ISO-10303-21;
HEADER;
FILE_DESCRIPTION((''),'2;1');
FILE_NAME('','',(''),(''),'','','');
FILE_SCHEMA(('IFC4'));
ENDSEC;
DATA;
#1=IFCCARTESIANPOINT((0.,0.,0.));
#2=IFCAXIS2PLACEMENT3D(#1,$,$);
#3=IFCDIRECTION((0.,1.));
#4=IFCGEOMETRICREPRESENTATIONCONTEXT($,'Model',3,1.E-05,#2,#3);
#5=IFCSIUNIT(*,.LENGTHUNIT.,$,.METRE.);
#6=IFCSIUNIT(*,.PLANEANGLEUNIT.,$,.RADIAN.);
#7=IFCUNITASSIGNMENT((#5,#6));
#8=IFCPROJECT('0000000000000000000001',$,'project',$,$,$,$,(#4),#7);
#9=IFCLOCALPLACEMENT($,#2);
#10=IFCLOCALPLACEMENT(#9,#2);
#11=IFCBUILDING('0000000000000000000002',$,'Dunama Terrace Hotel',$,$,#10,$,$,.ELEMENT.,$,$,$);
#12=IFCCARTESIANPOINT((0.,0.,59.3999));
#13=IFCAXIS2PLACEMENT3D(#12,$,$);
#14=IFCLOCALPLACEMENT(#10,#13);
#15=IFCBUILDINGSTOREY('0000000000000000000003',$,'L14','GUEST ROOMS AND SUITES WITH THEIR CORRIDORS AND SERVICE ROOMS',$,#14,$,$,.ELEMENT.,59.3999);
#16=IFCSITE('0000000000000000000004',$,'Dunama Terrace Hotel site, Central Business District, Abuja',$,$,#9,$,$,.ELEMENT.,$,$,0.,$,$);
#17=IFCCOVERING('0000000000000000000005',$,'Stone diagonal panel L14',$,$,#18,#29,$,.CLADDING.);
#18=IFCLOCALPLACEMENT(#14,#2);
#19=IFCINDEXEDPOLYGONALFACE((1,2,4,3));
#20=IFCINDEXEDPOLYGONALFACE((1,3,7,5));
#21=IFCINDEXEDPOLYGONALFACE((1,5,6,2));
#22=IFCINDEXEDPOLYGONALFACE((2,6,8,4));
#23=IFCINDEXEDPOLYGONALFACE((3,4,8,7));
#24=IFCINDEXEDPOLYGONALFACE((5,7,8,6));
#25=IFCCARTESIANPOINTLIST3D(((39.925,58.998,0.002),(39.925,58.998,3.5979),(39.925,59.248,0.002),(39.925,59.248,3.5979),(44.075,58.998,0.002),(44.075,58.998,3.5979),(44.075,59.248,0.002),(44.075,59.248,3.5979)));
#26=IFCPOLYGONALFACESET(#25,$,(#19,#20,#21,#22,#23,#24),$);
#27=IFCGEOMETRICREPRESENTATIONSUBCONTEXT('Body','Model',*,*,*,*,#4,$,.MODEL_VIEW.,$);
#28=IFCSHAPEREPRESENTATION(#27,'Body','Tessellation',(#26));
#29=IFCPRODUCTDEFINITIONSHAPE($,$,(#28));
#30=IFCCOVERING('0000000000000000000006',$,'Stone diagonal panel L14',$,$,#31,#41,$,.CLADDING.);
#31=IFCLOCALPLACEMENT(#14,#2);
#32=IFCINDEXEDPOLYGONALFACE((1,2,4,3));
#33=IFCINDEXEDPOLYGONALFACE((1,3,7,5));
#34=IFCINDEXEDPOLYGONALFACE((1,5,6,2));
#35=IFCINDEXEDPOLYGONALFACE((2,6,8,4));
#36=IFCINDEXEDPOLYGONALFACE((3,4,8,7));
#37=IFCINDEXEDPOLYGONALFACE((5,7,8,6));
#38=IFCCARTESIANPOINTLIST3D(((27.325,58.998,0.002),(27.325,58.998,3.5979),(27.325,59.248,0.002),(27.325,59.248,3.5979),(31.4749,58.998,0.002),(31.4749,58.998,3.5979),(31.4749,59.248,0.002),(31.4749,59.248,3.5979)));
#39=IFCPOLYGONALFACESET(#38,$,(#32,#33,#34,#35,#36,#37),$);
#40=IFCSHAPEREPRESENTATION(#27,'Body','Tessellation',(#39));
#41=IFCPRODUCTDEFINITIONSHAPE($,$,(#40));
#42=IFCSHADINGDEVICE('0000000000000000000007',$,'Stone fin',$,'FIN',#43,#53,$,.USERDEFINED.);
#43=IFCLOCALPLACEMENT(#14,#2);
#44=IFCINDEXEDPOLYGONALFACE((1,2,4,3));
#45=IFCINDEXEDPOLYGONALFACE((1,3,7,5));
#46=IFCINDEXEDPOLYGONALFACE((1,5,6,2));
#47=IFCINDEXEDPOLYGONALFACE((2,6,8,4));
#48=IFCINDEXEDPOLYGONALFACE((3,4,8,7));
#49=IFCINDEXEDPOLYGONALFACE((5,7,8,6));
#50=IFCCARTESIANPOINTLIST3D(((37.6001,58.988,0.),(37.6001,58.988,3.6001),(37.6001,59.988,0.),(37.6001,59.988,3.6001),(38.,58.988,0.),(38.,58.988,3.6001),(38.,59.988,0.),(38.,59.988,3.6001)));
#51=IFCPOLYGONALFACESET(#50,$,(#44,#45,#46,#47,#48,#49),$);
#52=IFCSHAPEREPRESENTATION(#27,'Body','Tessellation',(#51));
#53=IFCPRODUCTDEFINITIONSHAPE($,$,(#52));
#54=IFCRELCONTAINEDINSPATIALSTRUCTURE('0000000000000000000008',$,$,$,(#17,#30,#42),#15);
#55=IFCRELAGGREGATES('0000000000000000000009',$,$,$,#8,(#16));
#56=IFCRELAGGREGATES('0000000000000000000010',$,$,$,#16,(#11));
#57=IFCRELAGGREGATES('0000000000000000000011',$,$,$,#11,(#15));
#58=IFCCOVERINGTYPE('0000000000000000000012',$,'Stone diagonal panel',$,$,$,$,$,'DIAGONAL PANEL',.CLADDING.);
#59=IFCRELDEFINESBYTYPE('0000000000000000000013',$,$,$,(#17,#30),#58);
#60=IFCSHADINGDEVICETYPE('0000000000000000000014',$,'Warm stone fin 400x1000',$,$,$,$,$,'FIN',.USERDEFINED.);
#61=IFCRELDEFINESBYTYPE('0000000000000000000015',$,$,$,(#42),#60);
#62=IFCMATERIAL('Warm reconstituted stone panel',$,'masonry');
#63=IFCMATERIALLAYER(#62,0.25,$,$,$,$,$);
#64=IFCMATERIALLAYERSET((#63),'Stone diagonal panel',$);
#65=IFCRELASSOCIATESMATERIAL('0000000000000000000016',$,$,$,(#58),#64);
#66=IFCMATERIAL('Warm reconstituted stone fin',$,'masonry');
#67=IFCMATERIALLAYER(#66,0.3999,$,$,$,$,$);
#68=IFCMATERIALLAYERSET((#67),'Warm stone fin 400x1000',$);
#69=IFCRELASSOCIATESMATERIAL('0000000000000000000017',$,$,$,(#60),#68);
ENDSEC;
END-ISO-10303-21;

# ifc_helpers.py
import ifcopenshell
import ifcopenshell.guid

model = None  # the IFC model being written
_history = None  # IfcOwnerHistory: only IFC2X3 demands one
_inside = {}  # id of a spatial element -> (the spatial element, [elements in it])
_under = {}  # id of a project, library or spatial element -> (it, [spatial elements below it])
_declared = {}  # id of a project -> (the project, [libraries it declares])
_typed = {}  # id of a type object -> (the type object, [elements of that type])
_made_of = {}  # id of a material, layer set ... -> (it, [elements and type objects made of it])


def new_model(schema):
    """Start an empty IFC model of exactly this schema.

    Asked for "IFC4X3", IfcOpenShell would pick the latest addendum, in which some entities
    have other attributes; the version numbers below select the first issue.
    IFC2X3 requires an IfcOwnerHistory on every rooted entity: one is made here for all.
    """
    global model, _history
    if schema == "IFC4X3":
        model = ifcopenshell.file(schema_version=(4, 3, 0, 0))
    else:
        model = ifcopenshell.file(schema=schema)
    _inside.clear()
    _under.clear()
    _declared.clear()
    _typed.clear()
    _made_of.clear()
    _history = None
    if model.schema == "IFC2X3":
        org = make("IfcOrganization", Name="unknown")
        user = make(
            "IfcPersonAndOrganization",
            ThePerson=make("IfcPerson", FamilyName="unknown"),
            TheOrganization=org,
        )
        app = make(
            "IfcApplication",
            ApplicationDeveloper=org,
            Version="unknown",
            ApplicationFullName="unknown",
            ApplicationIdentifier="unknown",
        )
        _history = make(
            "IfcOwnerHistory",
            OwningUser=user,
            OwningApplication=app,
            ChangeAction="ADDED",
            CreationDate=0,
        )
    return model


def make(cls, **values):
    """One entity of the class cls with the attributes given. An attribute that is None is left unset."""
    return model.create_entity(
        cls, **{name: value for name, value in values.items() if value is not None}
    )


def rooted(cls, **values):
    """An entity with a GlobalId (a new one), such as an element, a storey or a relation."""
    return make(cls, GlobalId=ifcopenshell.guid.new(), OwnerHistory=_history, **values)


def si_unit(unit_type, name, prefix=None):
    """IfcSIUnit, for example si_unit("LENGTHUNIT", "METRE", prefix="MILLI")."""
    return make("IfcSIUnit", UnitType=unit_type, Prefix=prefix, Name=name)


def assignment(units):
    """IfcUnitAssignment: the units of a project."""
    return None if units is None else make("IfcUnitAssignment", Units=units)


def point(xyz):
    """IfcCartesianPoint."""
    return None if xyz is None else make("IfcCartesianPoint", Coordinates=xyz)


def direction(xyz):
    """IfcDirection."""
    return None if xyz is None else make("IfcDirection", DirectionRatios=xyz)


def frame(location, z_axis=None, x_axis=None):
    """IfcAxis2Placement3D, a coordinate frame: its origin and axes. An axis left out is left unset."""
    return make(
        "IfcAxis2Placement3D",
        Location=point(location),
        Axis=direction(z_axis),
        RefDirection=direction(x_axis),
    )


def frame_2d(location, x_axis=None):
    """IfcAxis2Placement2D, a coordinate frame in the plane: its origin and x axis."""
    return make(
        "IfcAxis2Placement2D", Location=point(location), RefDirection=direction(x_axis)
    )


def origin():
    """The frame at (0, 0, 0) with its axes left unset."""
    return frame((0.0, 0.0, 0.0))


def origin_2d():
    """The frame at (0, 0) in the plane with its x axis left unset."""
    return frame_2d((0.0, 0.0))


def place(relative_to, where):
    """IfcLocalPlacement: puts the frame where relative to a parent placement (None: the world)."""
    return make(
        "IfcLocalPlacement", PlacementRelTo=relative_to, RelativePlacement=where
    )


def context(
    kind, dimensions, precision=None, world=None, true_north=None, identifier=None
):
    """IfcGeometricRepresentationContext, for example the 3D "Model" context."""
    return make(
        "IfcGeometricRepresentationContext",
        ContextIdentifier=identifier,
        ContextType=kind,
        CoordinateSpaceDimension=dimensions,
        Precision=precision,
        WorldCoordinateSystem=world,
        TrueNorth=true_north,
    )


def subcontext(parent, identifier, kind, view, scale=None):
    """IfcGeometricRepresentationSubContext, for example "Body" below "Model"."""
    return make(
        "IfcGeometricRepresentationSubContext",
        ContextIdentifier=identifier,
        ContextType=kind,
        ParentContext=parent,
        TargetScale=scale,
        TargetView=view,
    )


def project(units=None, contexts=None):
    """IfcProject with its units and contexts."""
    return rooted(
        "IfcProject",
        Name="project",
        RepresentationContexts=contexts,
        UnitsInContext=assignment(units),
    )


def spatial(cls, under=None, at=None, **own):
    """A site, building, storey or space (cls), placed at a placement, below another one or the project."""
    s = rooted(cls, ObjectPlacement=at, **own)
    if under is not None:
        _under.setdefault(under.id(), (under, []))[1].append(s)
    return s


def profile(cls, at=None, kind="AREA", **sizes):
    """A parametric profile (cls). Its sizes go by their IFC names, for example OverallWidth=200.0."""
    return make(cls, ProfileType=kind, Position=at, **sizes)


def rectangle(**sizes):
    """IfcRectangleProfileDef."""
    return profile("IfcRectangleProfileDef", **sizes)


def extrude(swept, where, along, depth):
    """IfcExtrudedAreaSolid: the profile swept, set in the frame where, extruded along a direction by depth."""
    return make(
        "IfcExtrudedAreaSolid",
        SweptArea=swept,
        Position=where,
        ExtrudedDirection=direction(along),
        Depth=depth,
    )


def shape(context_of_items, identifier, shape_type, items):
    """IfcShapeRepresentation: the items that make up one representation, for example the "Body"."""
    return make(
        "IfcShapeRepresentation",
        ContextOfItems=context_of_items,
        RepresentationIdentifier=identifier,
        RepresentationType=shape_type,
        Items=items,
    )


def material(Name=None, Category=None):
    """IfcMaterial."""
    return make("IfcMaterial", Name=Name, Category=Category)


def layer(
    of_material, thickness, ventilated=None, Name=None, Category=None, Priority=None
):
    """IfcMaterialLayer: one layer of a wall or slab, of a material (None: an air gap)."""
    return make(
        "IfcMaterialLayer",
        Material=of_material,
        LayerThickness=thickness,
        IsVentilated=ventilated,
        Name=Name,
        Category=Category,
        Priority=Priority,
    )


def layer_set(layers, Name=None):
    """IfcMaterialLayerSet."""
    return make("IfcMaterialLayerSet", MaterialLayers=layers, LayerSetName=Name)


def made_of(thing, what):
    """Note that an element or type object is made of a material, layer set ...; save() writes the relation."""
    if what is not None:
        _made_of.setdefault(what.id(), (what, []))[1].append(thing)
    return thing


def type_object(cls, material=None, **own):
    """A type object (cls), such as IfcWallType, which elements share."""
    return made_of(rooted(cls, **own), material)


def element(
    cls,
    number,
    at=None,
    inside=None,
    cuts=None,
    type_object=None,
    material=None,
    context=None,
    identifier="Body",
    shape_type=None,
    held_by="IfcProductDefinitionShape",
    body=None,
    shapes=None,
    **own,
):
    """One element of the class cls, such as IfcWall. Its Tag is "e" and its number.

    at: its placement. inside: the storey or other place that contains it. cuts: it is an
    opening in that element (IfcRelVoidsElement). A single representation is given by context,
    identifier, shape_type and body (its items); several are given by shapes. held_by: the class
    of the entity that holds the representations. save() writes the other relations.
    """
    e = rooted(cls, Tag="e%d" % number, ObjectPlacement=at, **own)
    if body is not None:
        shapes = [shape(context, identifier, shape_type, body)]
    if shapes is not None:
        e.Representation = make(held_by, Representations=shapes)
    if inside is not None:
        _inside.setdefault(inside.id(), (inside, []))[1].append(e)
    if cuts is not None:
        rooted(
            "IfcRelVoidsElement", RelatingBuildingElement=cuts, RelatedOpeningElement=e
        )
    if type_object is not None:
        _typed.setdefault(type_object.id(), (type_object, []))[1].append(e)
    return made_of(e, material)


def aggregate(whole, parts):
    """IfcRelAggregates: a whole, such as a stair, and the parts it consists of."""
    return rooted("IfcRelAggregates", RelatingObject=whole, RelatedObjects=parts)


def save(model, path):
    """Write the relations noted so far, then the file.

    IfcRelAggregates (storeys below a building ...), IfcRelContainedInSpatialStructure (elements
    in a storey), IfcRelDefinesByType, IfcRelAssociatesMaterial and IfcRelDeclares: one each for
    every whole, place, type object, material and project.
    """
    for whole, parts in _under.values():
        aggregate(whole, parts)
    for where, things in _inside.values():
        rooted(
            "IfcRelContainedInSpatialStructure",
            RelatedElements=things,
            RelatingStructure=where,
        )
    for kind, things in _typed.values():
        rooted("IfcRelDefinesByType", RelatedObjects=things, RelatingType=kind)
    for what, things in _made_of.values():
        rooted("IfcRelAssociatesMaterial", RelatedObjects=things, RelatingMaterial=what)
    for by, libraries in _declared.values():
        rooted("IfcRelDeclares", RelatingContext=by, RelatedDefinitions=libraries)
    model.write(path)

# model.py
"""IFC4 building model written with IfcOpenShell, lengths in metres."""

from ifc_helpers import new_model, si_unit, direction, frame, origin, origin_2d, place, context, subcontext, project, spatial, rectangle, extrude, material, layer, layer_set, type_object, element, save


model = new_model("IFC4")

# Units and contexts
model_context = context("Model", 3, precision=1e-05, world=origin(), true_north=direction((0.0, 1.0)))
body_context = subcontext(model_context, "Body", "Model", "MODEL_VIEW")
ifc_project = project(units=[si_unit("LENGTHUNIT", "METRE"), si_unit("PLANEANGLEUNIT", "RADIAN")], contexts=[model_context])

# Site, building, storey
site_placement = place(None, origin())
site = spatial("IfcSite", under=ifc_project, at=site_placement, Name="Dunama Terrace Hotel site, Central Business District, Abuja", CompositionType="ELEMENT", RefElevation=0.0)
building_placement = place(site_placement, origin())
building = spatial("IfcBuilding", under=site, at=building_placement, Name="Dunama Terrace Hotel", CompositionType="ELEMENT")
storey_placement = place(building_placement, frame((0.0, 0.0, 59.3999)))
storey = spatial("IfcBuildingStorey", under=building, at=storey_placement, Name="L14", Description="GUEST ROOMS AND SUITES WITH THEIR CORRIDORS AND SERVICE ROOMS", CompositionType="ELEMENT", Elevation=59.3999)

# Coverings
ifc_material_1 = material(Name="Warm reconstituted stone panel", Category="masonry")
ifc_layer_1 = layer(ifc_material_1, 0.25)
ifc_layer_set_1 = layer_set([ifc_layer_1], Name="Stone diagonal panel")
covering_type = type_object("IfcCoveringType", Name="Stone diagonal panel", ElementType="DIAGONAL PANEL", PredefinedType="CLADDING", material=ifc_layer_set_1)
for number, where, z_axis, x_axis, name in (
    (1, (42.0, 59.123, 0.002), (0.0, 0.0, 1.0), (-1.0, 0.0, 0.0), "Stone diagonal panel L14"),
    (2, (29.3999, 59.123, 0.002), (0.0, 0.0, 1.0), (-1.0, 0.0, 0.0), "Stone diagonal panel L14"),
):
    element("IfcCovering", number, at=place(storey_placement, frame(where, z_axis=z_axis, x_axis=x_axis)), inside=storey, type_object=covering_type, Name=name, PredefinedType="CLADDING", context=body_context, shape_type="SweptSolid", body=[
        extrude(rectangle(XDim=4.1499, YDim=0.25, at=origin_2d()), origin(), (0.0, 0.0, 1.0), 3.5959),
    ])

# Shading device
ifc_material_2 = material(Name="Warm reconstituted stone fin", Category="masonry")
ifc_layer_2 = layer(ifc_material_2, 0.3999)
ifc_layer_set_2 = layer_set([ifc_layer_2], Name="Warm stone fin 400x1000")
shading_device_type = type_object("IfcShadingDeviceType", Name="Warm stone fin 400x1000", ElementType="FIN", PredefinedType="USERDEFINED", material=ifc_layer_set_2)
shading_device_placement = place(storey_placement, frame((37.8, 59.488, 0.0), z_axis=(0.0, 0.0, 1.0), x_axis=(-1.0, 0.0, 0.0)))
element("IfcShadingDevice", 3, at=shading_device_placement, inside=storey, type_object=shading_device_type, Name="Stone fin", ObjectType="FIN", PredefinedType="USERDEFINED", context=body_context, shape_type="SweptSolid", body=[
    extrude(rectangle(XDim=0.3999, YDim=1.0, at=origin_2d()), origin(), (0.0, 0.0, 1.0), 3.6001),
])

save(model, "model.ifc")
